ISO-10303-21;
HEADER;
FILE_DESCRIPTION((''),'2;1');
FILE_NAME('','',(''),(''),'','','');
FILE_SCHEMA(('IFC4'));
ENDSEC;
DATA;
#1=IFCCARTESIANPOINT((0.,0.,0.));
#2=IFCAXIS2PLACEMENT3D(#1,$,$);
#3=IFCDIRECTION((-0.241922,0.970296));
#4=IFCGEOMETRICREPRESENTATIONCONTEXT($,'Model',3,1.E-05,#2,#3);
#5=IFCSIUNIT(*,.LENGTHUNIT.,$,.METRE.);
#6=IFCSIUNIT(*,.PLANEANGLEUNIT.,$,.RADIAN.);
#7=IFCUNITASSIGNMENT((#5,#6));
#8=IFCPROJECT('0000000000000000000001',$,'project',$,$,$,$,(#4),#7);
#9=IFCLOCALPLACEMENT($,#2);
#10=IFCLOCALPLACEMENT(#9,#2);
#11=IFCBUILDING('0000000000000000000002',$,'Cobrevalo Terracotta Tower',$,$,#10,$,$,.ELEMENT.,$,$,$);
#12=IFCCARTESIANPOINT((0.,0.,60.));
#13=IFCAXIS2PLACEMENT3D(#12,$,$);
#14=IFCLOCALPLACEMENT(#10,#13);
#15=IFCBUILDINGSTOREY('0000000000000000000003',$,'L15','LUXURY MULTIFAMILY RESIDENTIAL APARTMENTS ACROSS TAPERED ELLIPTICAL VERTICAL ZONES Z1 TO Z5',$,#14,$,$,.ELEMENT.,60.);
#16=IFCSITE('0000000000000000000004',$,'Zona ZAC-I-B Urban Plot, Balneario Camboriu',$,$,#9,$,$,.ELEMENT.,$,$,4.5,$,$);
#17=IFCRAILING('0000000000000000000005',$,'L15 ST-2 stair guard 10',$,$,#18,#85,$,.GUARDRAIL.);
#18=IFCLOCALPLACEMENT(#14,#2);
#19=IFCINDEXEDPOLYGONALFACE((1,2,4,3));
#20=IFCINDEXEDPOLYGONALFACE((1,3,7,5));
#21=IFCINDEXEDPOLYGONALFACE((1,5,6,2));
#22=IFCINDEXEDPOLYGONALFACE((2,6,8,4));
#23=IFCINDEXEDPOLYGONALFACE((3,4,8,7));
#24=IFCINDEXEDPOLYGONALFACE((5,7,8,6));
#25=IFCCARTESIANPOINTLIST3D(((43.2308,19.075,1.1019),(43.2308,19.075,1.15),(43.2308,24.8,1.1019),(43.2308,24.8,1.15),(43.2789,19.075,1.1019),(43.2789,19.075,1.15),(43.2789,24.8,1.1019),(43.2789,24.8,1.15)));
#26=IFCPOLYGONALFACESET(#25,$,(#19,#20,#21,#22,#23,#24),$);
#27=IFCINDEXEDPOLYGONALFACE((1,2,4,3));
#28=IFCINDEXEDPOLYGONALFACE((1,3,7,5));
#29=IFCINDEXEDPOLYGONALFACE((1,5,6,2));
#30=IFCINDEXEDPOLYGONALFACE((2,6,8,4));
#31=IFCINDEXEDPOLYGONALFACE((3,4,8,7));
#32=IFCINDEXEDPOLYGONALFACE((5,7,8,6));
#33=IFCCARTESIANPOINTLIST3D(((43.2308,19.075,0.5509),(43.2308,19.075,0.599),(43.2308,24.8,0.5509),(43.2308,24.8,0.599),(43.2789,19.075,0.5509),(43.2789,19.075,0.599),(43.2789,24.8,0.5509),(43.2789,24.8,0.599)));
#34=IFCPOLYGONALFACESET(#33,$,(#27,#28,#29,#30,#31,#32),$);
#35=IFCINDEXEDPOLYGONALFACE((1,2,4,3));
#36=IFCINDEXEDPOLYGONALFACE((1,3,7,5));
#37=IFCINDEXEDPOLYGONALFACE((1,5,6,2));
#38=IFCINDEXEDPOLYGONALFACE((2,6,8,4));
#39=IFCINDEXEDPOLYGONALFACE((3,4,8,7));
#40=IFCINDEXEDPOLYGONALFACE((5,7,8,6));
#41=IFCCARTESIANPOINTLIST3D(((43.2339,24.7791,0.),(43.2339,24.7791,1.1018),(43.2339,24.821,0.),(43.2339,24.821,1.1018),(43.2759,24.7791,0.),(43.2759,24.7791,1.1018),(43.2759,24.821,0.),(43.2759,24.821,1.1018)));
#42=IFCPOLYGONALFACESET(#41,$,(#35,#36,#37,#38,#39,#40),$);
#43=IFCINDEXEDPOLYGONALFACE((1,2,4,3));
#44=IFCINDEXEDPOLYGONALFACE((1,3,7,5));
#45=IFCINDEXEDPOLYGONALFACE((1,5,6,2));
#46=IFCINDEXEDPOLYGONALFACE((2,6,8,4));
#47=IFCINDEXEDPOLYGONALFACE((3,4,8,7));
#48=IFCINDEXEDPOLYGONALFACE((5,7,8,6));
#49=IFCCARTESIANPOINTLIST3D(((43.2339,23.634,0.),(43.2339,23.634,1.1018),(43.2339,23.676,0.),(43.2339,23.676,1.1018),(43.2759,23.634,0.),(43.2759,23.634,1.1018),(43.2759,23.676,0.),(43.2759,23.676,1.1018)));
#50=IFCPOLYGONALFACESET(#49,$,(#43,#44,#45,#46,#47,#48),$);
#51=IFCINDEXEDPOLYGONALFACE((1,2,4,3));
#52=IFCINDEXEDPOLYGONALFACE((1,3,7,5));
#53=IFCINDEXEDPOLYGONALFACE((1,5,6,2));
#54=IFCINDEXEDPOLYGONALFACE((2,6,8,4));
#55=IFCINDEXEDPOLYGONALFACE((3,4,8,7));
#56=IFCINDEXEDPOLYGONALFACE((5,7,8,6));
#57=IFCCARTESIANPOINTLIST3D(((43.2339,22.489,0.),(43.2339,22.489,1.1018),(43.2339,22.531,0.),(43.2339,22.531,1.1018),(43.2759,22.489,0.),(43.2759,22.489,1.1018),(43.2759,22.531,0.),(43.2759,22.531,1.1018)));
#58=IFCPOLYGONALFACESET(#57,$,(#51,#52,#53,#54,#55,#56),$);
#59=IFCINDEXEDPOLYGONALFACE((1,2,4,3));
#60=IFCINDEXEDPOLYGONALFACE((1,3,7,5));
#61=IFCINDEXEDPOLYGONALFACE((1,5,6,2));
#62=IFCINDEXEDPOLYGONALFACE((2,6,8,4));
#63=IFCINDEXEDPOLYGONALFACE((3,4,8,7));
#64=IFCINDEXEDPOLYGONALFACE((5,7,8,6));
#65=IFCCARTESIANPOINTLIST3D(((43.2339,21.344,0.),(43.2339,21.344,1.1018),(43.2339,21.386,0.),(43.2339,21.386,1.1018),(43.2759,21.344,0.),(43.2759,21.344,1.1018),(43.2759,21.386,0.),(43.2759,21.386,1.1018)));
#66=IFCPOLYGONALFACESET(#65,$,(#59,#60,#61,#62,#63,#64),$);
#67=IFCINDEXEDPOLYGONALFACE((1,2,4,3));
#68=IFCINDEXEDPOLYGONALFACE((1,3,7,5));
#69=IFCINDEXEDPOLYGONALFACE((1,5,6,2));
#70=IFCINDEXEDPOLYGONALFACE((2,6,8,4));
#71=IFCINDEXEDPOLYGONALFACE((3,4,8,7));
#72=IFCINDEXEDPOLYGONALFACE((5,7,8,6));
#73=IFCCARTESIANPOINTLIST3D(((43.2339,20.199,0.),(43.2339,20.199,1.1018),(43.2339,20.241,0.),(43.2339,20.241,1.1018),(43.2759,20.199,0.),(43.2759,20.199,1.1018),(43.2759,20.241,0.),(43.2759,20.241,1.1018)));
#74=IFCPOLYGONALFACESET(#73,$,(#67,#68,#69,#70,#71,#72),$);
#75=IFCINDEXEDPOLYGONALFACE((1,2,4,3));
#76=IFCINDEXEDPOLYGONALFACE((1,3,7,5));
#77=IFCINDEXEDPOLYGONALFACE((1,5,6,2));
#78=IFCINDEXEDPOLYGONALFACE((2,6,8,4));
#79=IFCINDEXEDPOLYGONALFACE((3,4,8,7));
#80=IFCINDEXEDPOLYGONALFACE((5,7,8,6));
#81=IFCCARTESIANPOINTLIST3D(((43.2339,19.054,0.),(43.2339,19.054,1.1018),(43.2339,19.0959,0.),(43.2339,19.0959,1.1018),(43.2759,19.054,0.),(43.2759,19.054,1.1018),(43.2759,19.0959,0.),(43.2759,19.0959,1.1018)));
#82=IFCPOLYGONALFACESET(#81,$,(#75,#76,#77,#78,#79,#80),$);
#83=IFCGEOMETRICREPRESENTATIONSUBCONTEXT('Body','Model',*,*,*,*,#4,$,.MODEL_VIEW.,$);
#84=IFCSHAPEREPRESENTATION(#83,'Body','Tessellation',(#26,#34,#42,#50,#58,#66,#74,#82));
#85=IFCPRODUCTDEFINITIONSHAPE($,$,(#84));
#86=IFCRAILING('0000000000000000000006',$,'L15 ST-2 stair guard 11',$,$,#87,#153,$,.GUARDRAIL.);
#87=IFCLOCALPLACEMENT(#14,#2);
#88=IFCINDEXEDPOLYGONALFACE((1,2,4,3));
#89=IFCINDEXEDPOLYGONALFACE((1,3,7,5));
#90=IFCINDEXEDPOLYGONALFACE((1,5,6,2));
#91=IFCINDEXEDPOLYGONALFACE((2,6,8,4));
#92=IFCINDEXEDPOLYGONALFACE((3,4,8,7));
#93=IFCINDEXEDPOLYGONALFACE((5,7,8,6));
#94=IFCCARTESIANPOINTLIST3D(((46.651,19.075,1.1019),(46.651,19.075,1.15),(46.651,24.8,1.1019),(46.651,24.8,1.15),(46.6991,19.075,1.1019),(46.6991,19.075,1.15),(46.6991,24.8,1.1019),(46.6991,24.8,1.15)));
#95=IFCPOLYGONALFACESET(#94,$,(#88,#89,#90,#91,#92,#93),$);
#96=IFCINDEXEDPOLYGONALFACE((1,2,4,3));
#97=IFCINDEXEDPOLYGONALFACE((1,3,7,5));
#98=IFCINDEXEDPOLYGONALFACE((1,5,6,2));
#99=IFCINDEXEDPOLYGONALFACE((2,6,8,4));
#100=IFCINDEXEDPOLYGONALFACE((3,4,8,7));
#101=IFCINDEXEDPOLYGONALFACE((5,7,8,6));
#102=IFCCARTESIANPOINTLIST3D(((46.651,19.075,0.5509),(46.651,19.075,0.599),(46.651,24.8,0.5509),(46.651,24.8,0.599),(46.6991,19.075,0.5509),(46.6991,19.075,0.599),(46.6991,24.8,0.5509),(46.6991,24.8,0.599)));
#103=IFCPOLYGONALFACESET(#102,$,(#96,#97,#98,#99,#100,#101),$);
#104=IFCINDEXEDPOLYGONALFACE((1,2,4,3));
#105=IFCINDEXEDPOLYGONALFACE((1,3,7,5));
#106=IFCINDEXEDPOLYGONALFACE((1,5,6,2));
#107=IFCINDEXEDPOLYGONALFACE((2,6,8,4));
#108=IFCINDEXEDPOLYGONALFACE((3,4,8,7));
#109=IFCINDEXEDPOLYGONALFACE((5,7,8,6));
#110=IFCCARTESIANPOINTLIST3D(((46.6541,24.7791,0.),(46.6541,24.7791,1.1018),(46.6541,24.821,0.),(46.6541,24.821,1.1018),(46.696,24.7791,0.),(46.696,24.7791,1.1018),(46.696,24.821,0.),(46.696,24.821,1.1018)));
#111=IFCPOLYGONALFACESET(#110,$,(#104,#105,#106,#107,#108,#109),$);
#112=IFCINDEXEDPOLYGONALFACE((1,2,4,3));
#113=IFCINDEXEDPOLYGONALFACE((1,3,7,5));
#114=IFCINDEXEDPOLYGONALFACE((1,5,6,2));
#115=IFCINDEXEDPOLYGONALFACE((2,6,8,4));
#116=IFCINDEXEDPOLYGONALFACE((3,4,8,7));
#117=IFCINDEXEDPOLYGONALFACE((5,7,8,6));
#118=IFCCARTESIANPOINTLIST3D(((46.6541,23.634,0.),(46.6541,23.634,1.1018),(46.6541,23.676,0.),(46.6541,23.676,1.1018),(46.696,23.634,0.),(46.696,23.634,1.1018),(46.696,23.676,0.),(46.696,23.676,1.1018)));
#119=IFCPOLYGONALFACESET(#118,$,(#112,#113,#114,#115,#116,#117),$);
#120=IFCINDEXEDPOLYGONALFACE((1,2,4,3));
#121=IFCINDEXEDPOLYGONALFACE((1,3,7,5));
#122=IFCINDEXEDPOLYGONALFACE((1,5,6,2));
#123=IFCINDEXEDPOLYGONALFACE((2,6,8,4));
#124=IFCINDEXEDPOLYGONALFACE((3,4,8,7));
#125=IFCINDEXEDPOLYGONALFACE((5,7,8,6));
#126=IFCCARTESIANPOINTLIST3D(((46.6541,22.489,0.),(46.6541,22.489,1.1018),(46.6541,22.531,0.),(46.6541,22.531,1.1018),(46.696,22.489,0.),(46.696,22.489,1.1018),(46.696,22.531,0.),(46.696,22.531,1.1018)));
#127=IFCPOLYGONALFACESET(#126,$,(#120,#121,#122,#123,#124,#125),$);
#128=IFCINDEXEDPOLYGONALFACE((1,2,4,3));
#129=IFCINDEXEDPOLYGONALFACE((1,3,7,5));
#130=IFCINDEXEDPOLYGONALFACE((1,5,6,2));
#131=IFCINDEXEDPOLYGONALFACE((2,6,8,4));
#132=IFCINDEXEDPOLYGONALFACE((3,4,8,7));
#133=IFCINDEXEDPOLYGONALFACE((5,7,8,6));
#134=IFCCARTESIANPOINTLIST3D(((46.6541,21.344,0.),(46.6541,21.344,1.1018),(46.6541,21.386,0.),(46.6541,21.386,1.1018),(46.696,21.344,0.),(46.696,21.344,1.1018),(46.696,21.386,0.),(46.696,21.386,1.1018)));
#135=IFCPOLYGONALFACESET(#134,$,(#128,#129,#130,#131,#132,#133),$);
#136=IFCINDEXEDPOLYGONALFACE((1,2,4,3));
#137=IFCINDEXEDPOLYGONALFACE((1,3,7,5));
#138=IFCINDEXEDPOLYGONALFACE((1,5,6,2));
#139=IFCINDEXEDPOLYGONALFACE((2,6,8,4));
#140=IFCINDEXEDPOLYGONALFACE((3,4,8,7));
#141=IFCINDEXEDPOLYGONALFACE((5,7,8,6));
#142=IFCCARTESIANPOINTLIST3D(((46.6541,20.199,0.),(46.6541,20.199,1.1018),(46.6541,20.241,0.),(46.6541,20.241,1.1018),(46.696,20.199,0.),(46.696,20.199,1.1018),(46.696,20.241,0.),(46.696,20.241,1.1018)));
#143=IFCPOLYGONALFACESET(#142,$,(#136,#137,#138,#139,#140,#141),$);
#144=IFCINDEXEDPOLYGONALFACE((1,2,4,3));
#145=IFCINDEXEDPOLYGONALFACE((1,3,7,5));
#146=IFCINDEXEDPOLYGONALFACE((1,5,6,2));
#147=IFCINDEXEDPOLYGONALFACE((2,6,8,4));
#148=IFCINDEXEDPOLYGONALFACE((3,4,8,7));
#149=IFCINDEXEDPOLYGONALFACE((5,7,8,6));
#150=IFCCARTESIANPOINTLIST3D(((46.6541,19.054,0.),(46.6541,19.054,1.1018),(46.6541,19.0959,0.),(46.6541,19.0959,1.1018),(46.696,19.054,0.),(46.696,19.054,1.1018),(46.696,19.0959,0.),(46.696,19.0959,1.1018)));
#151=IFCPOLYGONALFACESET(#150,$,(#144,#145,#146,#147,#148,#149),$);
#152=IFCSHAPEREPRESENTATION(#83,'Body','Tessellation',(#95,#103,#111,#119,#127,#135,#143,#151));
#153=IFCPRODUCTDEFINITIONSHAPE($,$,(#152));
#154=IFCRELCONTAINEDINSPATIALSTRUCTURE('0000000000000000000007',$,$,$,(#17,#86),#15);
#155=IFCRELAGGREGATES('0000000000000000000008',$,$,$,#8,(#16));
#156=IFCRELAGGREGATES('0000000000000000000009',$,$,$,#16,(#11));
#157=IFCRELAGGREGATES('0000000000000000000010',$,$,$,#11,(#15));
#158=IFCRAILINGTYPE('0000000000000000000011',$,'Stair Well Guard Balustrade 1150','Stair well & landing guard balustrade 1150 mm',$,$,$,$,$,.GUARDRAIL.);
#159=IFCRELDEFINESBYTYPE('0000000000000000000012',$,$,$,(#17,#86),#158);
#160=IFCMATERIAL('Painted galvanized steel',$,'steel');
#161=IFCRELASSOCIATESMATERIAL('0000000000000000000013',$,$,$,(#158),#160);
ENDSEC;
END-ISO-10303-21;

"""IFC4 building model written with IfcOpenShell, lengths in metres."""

from ifc_helpers import new_model, si_unit, direction, frame, origin, origin_2d, place, context, subcontext, project, spatial, rectangle, extrude, material, type_object, element, save


model = new_model("IFC4")

# Units and contexts
model_context = context("Model", 3, precision=1e-05, world=origin(), true_north=direction((-0.241922, 0.970296)))
body_context = subcontext(model_context, "Body", "Model", "MODEL_VIEW")
ifc_project = project(units=[si_unit("LENGTHUNIT", "METRE"), si_unit("PLANEANGLEUNIT", "RADIAN")], contexts=[model_context])

# Site, building, storey
site_placement = place(None, origin())
site = spatial("IfcSite", under=ifc_project, at=site_placement, Name="Zona ZAC-I-B Urban Plot, Balneario Camboriu", CompositionType="ELEMENT", RefElevation=4.5)
building_placement = place(site_placement, origin())
building = spatial("IfcBuilding", under=site, at=building_placement, Name="Cobrevalo Terracotta Tower", CompositionType="ELEMENT")
storey_placement = place(building_placement, frame((0.0, 0.0, 60.0)))
storey = spatial("IfcBuildingStorey", under=building, at=storey_placement, Name="L15", Description="LUXURY MULTIFAMILY RESIDENTIAL APARTMENTS ACROSS TAPERED ELLIPTICAL VERTICAL ZONES Z1 TO Z5", CompositionType="ELEMENT", Elevation=60.0)

# Railings
ifc_material_1 = material(Name="Painted galvanized steel", Category="steel")
railing_type = type_object("IfcRailingType", Name="Stair Well Guard Balustrade 1150", Description="Stair well & landing guard balustrade 1150 mm", PredefinedType="GUARDRAIL", material=ifc_material_1)
for number, where, name in (
    (1, (43.2549, 24.8, 0.0), "L15 ST-2 stair guard 10"),
    (2, (46.675, 24.8, 0.0), "L15 ST-2 stair guard 11"),
):
    element("IfcRailing", number, at=place(storey_placement, frame(where)), inside=storey, type_object=railing_type, Name=name, PredefinedType="GUARDRAIL", context=body_context, shape_type="SweptSolid", body=[
        extrude(rectangle(XDim=0.0481, YDim=0.0481, at=origin_2d()), frame((0.0, 0.0, 1.126), z_axis=(0.0, -1.0, 0.0), x_axis=(1.0, 0.0, 0.0)), (0.0, 0.0, 1.0), 5.7251),
        extrude(rectangle(XDim=0.0481, YDim=0.0481, at=origin_2d()), frame((0.0, 0.0, 0.575), z_axis=(0.0, -1.0, 0.0), x_axis=(1.0, 0.0, 0.0)), (0.0, 0.0, 1.0), 5.7251),
        extrude(rectangle(XDim=0.042, YDim=0.042, at=origin_2d()), origin(), (0.0, 0.0, 1.0), 1.1018),
        extrude(rectangle(XDim=0.042, YDim=0.042, at=origin_2d()), frame((0.0, -1.145, 0.0)), (0.0, 0.0, 1.0), 1.1018),
        extrude(rectangle(XDim=0.042, YDim=0.042, at=origin_2d()), frame((0.0, -2.29, 0.0)), (0.0, 0.0, 1.0), 1.1018),
        extrude(rectangle(XDim=0.042, YDim=0.042, at=origin_2d()), frame((0.0, -3.4351, 0.0)), (0.0, 0.0, 1.0), 1.1018),
        extrude(rectangle(XDim=0.042, YDim=0.042, at=origin_2d()), frame((0.0, -4.5801, 0.0)), (0.0, 0.0, 1.0), 1.1018),
        extrude(rectangle(XDim=0.042, YDim=0.042, at=origin_2d()), frame((0.0, -5.7251, 0.0)), (0.0, 0.0, 1.0), 1.1018),
    ])

save(model, "model.ifc")
